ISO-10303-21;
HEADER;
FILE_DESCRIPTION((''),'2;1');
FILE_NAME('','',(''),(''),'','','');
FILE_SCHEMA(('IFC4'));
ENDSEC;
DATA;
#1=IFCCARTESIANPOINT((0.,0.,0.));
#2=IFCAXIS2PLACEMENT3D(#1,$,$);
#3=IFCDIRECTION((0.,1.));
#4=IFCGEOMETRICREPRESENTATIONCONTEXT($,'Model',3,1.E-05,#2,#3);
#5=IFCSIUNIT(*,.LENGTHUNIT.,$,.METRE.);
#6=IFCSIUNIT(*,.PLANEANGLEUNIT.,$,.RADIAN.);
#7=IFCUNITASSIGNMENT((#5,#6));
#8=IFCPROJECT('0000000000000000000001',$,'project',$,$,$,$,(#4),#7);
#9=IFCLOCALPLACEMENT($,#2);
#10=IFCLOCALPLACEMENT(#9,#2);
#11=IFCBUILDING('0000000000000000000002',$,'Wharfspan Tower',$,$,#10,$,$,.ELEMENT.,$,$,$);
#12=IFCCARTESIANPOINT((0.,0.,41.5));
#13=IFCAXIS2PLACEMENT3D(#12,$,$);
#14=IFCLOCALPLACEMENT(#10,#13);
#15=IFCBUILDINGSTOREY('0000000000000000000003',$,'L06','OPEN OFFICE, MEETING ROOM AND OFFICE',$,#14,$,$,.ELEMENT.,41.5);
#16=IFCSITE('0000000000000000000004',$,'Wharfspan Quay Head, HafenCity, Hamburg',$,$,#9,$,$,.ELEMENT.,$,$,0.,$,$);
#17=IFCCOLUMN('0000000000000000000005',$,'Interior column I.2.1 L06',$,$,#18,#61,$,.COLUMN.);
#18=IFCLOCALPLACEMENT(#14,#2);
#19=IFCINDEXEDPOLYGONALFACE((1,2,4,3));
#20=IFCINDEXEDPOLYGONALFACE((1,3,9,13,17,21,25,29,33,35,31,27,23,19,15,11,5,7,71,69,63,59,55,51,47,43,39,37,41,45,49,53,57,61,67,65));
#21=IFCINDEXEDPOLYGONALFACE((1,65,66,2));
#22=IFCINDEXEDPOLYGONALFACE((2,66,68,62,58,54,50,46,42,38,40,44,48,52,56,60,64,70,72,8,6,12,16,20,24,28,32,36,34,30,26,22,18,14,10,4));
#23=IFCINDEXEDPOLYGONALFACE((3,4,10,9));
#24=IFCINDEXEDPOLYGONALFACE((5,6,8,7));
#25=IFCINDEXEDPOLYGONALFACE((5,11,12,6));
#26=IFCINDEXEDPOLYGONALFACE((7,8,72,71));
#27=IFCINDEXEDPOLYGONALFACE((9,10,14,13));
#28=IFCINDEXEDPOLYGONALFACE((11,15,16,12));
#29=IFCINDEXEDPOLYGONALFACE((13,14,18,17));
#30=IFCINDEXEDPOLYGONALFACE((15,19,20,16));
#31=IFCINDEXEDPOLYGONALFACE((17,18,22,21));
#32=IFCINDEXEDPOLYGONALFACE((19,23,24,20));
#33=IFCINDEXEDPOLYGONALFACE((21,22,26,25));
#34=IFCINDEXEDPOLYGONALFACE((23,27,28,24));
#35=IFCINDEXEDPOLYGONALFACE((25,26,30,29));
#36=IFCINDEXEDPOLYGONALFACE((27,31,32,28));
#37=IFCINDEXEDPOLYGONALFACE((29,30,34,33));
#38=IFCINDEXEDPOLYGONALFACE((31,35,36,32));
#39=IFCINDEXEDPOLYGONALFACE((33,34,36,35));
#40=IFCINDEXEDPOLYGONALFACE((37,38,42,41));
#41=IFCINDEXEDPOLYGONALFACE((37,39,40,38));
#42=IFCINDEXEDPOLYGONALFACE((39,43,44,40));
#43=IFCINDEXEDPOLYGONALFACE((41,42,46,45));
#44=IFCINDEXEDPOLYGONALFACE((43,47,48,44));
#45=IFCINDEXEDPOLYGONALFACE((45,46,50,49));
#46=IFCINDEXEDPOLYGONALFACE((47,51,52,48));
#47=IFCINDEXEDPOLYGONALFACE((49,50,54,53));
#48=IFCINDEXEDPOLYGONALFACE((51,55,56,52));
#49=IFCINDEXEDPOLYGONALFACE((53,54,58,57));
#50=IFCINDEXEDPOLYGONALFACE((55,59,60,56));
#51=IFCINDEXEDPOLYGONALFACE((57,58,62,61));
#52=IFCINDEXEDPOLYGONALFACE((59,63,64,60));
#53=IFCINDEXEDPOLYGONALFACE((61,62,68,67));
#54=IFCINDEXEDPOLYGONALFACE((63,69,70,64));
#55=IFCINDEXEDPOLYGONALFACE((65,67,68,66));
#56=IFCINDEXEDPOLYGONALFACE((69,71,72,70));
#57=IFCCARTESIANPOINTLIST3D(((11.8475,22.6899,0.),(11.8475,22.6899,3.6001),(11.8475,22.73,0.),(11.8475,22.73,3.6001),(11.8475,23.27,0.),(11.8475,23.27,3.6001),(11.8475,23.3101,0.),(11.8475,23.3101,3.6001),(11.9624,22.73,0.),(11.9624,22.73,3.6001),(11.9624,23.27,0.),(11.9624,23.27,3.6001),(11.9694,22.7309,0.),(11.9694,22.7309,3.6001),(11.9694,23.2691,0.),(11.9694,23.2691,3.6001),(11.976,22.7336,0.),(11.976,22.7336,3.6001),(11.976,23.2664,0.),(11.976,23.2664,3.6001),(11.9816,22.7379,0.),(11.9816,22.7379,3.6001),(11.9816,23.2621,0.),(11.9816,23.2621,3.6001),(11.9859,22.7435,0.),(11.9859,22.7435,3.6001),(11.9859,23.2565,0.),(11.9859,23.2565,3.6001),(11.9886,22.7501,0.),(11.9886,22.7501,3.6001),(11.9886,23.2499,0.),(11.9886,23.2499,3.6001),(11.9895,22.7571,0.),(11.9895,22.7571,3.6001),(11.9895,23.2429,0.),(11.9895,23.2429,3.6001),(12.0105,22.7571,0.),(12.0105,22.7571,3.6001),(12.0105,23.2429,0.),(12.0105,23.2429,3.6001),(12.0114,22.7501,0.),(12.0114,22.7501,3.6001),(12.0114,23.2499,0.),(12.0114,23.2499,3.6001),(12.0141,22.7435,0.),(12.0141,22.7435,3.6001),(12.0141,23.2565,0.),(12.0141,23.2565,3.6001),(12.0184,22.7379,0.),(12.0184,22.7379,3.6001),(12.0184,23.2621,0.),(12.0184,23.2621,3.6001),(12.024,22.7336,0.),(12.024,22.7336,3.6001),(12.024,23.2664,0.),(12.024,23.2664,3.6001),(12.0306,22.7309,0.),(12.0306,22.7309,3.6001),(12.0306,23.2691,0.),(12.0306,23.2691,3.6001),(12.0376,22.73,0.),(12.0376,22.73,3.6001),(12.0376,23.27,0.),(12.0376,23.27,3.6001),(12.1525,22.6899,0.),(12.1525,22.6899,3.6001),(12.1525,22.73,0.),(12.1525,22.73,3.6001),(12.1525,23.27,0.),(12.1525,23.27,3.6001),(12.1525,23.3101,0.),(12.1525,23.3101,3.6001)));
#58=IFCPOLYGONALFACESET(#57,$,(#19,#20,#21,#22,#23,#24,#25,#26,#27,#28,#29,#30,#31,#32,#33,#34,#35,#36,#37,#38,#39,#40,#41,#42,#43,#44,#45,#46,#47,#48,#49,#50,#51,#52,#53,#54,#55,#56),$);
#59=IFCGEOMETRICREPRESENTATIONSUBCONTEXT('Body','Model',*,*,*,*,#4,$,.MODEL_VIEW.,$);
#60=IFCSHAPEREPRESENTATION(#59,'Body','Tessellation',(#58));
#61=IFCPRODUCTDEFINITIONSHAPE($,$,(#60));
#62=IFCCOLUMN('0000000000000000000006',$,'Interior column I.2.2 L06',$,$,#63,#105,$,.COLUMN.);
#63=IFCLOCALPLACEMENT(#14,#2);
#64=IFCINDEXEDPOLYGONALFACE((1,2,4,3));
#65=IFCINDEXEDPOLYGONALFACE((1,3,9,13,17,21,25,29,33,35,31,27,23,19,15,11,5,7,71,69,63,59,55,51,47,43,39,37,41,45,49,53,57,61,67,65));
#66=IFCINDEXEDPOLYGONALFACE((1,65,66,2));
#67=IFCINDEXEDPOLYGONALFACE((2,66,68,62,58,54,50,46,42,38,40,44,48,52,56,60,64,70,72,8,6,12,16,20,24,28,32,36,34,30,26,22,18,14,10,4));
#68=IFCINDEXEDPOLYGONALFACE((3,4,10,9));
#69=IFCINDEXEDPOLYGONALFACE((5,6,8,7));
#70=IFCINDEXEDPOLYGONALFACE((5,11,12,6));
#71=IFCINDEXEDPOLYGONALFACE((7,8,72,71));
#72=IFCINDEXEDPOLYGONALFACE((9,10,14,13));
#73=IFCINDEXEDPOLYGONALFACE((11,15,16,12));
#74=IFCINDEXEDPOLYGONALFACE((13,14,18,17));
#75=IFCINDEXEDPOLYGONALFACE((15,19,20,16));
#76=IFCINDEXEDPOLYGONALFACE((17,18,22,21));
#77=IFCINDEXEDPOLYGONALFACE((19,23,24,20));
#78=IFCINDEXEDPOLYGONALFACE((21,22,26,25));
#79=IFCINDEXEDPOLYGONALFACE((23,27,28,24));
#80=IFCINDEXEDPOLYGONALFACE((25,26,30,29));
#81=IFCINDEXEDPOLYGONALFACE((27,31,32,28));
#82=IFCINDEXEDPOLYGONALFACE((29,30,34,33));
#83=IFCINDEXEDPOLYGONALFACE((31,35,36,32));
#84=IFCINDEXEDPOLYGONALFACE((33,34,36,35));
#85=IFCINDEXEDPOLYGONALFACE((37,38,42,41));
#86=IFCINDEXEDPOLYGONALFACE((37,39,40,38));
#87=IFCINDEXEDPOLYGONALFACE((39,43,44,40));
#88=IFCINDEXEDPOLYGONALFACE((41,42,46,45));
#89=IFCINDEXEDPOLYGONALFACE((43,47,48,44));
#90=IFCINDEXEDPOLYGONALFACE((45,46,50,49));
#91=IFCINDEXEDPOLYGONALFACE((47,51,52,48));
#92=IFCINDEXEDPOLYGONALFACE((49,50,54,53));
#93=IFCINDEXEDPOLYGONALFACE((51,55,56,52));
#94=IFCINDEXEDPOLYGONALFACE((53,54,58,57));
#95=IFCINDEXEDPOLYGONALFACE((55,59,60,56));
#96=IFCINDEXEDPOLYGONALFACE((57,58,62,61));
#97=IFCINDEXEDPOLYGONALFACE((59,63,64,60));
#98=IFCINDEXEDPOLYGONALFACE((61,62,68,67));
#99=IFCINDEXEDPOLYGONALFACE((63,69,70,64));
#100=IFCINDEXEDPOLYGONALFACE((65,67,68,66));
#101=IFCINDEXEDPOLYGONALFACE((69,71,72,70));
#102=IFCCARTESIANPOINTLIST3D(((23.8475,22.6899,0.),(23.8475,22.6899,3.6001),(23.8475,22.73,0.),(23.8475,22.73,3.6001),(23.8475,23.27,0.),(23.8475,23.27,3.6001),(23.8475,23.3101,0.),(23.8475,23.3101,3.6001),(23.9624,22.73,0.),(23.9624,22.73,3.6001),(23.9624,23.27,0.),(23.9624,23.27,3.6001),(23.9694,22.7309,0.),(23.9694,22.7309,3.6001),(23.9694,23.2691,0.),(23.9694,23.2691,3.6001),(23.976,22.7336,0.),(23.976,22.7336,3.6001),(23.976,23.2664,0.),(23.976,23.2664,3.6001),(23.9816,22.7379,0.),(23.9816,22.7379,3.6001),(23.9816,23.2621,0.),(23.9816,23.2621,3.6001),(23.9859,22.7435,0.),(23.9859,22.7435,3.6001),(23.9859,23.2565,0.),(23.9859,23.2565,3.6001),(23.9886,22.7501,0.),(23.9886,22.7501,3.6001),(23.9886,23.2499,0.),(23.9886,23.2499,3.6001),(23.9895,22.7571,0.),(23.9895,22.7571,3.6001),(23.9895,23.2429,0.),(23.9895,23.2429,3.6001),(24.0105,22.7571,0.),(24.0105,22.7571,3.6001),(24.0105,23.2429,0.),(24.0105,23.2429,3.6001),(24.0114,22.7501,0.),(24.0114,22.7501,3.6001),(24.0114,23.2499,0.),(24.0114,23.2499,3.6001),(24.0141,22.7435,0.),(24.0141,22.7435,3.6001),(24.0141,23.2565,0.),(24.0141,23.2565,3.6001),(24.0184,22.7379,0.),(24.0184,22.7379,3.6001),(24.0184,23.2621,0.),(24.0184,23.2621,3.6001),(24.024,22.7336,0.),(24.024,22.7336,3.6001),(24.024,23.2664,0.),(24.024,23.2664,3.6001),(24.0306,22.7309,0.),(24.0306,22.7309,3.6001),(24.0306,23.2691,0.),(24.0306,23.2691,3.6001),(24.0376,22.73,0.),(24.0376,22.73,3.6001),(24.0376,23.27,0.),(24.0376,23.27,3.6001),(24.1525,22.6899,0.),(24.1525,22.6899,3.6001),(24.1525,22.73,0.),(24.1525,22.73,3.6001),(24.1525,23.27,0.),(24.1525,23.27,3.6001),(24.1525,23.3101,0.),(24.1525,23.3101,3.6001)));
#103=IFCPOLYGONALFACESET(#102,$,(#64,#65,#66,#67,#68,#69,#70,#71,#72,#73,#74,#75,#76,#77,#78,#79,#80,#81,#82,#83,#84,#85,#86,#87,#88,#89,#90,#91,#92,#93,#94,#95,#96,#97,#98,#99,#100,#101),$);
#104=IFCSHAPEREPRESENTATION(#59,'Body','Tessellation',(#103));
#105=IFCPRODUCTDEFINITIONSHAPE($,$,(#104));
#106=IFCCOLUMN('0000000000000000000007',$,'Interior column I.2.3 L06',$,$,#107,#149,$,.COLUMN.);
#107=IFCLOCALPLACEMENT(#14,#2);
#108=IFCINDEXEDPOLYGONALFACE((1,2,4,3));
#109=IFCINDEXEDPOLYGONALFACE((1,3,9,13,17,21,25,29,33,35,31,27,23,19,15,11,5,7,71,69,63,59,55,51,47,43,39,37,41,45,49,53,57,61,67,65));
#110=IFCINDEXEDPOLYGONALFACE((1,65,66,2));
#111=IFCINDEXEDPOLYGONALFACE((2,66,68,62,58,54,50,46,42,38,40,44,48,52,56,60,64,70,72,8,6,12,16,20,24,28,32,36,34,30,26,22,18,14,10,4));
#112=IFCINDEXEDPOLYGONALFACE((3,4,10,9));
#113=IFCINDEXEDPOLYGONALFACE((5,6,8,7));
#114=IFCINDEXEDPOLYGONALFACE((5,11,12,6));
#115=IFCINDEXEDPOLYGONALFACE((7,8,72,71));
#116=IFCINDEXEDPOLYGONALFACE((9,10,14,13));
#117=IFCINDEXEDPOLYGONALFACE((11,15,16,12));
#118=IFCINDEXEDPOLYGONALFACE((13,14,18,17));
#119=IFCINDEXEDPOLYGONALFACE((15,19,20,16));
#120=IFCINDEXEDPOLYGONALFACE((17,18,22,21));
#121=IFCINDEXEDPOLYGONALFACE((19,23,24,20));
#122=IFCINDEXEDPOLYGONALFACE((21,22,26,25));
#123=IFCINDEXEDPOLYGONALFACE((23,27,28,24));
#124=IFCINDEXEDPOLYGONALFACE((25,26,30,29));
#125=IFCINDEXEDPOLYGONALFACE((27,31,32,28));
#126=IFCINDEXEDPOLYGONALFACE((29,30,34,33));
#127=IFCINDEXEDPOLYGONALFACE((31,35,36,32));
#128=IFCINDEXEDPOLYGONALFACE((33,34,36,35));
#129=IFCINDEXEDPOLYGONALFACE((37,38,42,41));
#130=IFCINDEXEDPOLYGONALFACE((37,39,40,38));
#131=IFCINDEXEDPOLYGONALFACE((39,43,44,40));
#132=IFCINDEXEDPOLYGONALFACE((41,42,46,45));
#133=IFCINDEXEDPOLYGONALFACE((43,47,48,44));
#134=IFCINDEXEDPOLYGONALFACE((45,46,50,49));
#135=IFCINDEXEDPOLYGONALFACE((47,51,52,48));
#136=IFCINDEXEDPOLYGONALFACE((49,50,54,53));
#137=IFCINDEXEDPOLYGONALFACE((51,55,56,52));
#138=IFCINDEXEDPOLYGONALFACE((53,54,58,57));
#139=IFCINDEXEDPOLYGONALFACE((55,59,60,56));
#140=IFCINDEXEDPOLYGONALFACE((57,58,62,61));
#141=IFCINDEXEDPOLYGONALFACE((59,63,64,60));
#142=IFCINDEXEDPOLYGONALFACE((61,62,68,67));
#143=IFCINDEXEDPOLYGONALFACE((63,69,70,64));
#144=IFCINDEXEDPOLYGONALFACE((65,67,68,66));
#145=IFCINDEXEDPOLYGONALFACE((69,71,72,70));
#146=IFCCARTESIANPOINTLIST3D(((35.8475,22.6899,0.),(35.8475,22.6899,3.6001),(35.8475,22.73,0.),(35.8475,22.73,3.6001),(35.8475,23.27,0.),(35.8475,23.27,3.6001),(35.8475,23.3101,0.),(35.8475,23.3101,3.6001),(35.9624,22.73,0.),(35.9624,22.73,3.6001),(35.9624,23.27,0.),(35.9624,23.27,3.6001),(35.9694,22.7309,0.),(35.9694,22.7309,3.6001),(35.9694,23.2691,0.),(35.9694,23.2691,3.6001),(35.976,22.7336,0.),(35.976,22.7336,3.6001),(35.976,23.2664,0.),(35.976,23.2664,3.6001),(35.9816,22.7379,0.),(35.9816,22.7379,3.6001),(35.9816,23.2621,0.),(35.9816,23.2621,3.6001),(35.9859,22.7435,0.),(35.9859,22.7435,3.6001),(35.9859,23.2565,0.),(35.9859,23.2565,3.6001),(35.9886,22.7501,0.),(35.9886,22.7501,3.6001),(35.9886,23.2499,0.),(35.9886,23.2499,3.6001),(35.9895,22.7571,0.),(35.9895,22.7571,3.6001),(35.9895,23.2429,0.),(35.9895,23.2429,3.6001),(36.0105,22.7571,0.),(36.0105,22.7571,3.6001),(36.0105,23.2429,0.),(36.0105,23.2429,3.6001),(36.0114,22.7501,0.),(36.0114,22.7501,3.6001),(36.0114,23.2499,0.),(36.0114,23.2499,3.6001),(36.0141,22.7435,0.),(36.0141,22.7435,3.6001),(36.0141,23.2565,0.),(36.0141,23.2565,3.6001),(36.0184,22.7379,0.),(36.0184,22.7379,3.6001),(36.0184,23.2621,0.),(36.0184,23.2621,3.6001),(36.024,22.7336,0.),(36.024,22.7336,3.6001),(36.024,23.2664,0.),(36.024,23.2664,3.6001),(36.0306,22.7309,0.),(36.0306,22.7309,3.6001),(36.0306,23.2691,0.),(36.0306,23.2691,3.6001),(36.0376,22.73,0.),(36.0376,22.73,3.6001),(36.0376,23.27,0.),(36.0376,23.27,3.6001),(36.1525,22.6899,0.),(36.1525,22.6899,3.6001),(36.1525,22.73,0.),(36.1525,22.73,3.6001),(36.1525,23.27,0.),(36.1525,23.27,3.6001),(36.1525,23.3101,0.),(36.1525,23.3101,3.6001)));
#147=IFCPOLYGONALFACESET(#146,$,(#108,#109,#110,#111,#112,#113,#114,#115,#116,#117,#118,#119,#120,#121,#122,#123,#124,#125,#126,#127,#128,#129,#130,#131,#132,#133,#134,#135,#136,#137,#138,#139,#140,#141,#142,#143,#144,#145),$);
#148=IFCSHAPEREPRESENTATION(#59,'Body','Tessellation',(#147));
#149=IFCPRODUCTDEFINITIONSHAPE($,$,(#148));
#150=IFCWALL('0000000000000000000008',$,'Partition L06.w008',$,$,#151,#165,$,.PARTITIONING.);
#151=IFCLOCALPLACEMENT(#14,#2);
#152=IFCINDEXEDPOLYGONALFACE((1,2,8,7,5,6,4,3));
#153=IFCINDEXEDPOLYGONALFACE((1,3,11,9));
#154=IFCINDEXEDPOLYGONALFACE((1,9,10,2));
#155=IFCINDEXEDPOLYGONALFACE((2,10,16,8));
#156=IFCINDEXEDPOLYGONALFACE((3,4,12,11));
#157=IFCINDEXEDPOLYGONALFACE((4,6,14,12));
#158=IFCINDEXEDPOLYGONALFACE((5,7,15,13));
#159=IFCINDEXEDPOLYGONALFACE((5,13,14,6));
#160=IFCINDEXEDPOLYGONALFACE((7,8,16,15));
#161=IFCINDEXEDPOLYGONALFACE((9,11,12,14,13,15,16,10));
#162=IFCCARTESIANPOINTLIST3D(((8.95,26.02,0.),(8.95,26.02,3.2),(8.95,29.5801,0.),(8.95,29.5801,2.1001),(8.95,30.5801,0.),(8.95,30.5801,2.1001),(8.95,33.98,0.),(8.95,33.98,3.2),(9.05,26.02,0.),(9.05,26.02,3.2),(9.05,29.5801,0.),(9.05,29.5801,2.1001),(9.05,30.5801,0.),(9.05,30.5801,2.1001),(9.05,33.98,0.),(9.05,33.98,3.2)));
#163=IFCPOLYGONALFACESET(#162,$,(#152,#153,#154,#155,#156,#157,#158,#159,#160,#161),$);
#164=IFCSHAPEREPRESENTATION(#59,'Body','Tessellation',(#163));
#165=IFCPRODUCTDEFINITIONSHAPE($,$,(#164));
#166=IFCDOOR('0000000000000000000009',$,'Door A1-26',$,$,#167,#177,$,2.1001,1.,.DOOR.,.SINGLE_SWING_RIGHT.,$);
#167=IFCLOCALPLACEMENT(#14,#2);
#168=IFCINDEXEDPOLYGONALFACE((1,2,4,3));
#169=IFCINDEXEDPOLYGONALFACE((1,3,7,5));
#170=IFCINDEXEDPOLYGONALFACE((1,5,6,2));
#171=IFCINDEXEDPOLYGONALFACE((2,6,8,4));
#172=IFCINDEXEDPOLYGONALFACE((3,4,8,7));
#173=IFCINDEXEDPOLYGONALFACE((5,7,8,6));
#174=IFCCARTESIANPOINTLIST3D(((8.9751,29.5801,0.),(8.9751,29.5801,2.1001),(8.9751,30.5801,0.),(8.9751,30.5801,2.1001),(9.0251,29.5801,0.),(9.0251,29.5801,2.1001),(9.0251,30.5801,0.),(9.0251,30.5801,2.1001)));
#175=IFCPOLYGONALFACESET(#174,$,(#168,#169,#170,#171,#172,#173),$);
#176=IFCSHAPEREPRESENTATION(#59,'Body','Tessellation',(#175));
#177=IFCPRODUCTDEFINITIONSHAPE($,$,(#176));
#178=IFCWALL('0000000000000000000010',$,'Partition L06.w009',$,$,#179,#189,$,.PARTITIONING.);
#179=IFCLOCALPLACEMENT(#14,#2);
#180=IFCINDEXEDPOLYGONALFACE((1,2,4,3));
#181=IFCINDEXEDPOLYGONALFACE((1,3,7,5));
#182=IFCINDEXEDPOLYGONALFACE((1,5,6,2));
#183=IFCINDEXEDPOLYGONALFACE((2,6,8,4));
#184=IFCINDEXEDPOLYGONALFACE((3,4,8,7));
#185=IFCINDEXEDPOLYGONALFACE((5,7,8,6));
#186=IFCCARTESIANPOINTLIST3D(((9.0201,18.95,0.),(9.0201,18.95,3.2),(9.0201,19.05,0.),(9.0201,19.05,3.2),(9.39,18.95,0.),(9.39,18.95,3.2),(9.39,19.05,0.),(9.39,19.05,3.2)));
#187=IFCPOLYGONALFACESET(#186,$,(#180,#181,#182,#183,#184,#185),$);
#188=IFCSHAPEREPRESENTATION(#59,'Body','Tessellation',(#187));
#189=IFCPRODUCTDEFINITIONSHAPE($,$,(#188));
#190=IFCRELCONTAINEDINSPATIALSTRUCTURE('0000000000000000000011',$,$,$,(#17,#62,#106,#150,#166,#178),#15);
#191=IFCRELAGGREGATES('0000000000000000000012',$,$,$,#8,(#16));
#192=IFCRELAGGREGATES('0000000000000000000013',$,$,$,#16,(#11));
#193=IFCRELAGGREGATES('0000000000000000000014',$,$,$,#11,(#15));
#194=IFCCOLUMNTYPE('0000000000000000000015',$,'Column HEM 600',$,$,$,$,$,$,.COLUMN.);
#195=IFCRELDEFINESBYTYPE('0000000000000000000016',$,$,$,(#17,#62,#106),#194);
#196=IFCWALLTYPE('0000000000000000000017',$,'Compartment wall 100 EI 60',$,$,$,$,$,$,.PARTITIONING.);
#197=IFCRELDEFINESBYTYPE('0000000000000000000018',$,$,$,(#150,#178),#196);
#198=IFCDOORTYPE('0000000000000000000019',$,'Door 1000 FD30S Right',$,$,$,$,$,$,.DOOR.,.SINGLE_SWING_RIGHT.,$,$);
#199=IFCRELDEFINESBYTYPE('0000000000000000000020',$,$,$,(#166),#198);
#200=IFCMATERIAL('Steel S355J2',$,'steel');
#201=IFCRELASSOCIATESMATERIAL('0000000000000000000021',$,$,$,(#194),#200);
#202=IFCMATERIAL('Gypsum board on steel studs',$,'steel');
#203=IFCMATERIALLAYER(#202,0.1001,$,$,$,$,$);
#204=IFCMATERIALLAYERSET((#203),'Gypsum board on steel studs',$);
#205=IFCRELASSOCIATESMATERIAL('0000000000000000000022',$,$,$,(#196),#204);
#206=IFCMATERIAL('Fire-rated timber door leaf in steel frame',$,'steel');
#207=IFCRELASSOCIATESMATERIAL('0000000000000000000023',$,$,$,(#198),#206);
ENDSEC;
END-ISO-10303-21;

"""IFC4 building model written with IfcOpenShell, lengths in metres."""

from ifc_helpers import new_model, si_unit, direction, frame, frame_2d, origin, origin_2d, place, context, subcontext, project, spatial, rectangle, i_section, extrude, material, layer, layer_set, material_profile, profile_set, type_object, element, fill, save


model = new_model("IFC4")

# Units and contexts
model_context = context("Model", 3, precision=1e-05, world=origin(), true_north=direction((0.0, 1.0)))
body_context = subcontext(model_context, "Body", "Model", "MODEL_VIEW")
ifc_project = project(units=[si_unit("LENGTHUNIT", "METRE"), si_unit("PLANEANGLEUNIT", "RADIAN")], contexts=[model_context])

# Site, building, storey
site_placement = place(None, origin())
site = spatial("IfcSite", under=ifc_project, at=site_placement, Name="Wharfspan Quay Head, HafenCity, Hamburg", CompositionType="ELEMENT", RefElevation=0.0)
building_placement = place(site_placement, origin())
building = spatial("IfcBuilding", under=site, at=building_placement, Name="Wharfspan Tower", CompositionType="ELEMENT")
storey_placement = place(building_placement, frame((0.0, 0.0, 41.5)))
storey = spatial("IfcBuildingStorey", under=building, at=storey_placement, Name="L06", Description="OPEN OFFICE, MEETING ROOM AND OFFICE", CompositionType="ELEMENT", Elevation=41.5)

# Columns
ifc_material_1 = material(Name="Steel S355J2", Category="steel")
ifc_material_profile = material_profile(ifc_material_1, i_section(OverallWidth=0.3049, OverallDepth=0.6201, WebThickness=0.021, FlangeThickness=0.04, FilletRadius=0.0271, at=origin_2d()))
ifc_profile_set = profile_set([ifc_material_profile], Name="Steel S355J2")
column_type = type_object("IfcColumnType", Name="Column HEM 600", PredefinedType="COLUMN", material=ifc_profile_set)
for number, where, z_axis, x_axis, name in (
    (1, (12.0, 23.0, 0.0), (0.0, 0.0, 1.0), (1.0, 0.0, 0.0), "Interior column I.2.1 L06"),
    (2, (24.0, 23.0, 0.0), (0.0, 0.0, 1.0), (1.0, 0.0, 0.0), "Interior column I.2.2 L06"),
    (3, (36.0, 23.0, 0.0), (0.0, 0.0, 1.0), (1.0, 0.0, 0.0), "Interior column I.2.3 L06"),
):
    element("IfcColumn", number, at=place(storey_placement, frame(where, z_axis=z_axis, x_axis=x_axis)), inside=storey, type_object=column_type, Name=name, PredefinedType="COLUMN", context=body_context, shape_type="SweptSolid", body=[
        extrude(i_section(OverallWidth=0.3049, OverallDepth=0.6201, WebThickness=0.021, FlangeThickness=0.04, FilletRadius=0.0271, at=origin_2d()), origin(), (0.0, 0.0, 1.0), 3.6001),
    ])

# Wall, opening, door
ifc_material_2 = material(Name="Gypsum board on steel studs", Category="steel")
ifc_layer_1 = layer(ifc_material_2, 0.1001)
ifc_layer_set_1 = layer_set([ifc_layer_1], Name="Gypsum board on steel studs")
wall_type_1 = type_object("IfcWallType", Name="Compartment wall 100 EI 60", PredefinedType="PARTITIONING", material=ifc_layer_set_1)
wall_1_placement = place(storey_placement, frame((9.0, 26.02, 0.0), z_axis=(0.0, 0.0, 1.0), x_axis=(0.0, 1.0, 0.0)))
wall_1 = element("IfcWall", 4, at=wall_1_placement, inside=storey, type_object=wall_type_1, Name="Partition L06.w008", PredefinedType="PARTITIONING", context=body_context, shape_type="SweptSolid", body=[
    extrude(rectangle(XDim=7.96, YDim=0.1001, at=frame_2d((3.98, 0.0))), origin(), (0.0, 0.0, 1.0), 3.2),
])
opening_1_placement = place(wall_1_placement, frame((3.5601, 0.0, 0.0)))
opening_1 = element("IfcOpeningElement", 5, at=opening_1_placement, cuts=wall_1, PredefinedType="OPENING", context=body_context, shape_type="SweptSolid", body=[
    extrude(rectangle(XDim=1.0, YDim=2.1001, at=frame_2d((0.5, 1.05))), frame((0.0, 0.0601, 0.0), z_axis=(0.0, -1.0, 0.0), x_axis=(1.0, 0.0, 0.0)), (0.0, 0.0, 1.0), 0.1201),
])
ifc_material_3 = material(Name="Fire-rated timber door leaf in steel frame", Category="steel")
door_type_1 = type_object("IfcDoorType", Name="Door 1000 FD30S Right", OperationType="SINGLE_SWING_RIGHT", PredefinedType="DOOR", material=ifc_material_3)
door_1_placement = place(opening_1_placement, origin())
door_1 = element("IfcDoor", 6, at=door_1_placement, inside=storey, type_object=door_type_1, Name="Door A1-26", OperationType="SINGLE_SWING_RIGHT", OverallHeight=2.1001, OverallWidth=1.0, PredefinedType="DOOR", context=body_context, shape_type="SweptSolid", body=[
    extrude(rectangle(XDim=1.0, YDim=2.1001, at=frame_2d((0.5, 1.05))), frame((0.0, 0.0249, 0.0), z_axis=(0.0, -1.0, 0.0), x_axis=(1.0, 0.0, 0.0)), (0.0, 0.0, 1.0), 0.05),
])
fill(opening_1, door_1)

# Wall
wall_2_placement = place(storey_placement, frame((9.02, 19.0, 0.0), z_axis=(0.0, 0.0, 1.0), x_axis=(1.0, 0.0, 0.0)))
element("IfcWall", 7, at=wall_2_placement, inside=storey, type_object=wall_type_1, Name="Partition L06.w009", PredefinedType="PARTITIONING", context=body_context, shape_type="SweptSolid", body=[
    extrude(rectangle(XDim=0.3699, YDim=0.1001, at=frame_2d((0.1851, 0.0))), origin(), (0.0, 0.0, 1.0), 3.2),
])

save(model, "model.ifc")
